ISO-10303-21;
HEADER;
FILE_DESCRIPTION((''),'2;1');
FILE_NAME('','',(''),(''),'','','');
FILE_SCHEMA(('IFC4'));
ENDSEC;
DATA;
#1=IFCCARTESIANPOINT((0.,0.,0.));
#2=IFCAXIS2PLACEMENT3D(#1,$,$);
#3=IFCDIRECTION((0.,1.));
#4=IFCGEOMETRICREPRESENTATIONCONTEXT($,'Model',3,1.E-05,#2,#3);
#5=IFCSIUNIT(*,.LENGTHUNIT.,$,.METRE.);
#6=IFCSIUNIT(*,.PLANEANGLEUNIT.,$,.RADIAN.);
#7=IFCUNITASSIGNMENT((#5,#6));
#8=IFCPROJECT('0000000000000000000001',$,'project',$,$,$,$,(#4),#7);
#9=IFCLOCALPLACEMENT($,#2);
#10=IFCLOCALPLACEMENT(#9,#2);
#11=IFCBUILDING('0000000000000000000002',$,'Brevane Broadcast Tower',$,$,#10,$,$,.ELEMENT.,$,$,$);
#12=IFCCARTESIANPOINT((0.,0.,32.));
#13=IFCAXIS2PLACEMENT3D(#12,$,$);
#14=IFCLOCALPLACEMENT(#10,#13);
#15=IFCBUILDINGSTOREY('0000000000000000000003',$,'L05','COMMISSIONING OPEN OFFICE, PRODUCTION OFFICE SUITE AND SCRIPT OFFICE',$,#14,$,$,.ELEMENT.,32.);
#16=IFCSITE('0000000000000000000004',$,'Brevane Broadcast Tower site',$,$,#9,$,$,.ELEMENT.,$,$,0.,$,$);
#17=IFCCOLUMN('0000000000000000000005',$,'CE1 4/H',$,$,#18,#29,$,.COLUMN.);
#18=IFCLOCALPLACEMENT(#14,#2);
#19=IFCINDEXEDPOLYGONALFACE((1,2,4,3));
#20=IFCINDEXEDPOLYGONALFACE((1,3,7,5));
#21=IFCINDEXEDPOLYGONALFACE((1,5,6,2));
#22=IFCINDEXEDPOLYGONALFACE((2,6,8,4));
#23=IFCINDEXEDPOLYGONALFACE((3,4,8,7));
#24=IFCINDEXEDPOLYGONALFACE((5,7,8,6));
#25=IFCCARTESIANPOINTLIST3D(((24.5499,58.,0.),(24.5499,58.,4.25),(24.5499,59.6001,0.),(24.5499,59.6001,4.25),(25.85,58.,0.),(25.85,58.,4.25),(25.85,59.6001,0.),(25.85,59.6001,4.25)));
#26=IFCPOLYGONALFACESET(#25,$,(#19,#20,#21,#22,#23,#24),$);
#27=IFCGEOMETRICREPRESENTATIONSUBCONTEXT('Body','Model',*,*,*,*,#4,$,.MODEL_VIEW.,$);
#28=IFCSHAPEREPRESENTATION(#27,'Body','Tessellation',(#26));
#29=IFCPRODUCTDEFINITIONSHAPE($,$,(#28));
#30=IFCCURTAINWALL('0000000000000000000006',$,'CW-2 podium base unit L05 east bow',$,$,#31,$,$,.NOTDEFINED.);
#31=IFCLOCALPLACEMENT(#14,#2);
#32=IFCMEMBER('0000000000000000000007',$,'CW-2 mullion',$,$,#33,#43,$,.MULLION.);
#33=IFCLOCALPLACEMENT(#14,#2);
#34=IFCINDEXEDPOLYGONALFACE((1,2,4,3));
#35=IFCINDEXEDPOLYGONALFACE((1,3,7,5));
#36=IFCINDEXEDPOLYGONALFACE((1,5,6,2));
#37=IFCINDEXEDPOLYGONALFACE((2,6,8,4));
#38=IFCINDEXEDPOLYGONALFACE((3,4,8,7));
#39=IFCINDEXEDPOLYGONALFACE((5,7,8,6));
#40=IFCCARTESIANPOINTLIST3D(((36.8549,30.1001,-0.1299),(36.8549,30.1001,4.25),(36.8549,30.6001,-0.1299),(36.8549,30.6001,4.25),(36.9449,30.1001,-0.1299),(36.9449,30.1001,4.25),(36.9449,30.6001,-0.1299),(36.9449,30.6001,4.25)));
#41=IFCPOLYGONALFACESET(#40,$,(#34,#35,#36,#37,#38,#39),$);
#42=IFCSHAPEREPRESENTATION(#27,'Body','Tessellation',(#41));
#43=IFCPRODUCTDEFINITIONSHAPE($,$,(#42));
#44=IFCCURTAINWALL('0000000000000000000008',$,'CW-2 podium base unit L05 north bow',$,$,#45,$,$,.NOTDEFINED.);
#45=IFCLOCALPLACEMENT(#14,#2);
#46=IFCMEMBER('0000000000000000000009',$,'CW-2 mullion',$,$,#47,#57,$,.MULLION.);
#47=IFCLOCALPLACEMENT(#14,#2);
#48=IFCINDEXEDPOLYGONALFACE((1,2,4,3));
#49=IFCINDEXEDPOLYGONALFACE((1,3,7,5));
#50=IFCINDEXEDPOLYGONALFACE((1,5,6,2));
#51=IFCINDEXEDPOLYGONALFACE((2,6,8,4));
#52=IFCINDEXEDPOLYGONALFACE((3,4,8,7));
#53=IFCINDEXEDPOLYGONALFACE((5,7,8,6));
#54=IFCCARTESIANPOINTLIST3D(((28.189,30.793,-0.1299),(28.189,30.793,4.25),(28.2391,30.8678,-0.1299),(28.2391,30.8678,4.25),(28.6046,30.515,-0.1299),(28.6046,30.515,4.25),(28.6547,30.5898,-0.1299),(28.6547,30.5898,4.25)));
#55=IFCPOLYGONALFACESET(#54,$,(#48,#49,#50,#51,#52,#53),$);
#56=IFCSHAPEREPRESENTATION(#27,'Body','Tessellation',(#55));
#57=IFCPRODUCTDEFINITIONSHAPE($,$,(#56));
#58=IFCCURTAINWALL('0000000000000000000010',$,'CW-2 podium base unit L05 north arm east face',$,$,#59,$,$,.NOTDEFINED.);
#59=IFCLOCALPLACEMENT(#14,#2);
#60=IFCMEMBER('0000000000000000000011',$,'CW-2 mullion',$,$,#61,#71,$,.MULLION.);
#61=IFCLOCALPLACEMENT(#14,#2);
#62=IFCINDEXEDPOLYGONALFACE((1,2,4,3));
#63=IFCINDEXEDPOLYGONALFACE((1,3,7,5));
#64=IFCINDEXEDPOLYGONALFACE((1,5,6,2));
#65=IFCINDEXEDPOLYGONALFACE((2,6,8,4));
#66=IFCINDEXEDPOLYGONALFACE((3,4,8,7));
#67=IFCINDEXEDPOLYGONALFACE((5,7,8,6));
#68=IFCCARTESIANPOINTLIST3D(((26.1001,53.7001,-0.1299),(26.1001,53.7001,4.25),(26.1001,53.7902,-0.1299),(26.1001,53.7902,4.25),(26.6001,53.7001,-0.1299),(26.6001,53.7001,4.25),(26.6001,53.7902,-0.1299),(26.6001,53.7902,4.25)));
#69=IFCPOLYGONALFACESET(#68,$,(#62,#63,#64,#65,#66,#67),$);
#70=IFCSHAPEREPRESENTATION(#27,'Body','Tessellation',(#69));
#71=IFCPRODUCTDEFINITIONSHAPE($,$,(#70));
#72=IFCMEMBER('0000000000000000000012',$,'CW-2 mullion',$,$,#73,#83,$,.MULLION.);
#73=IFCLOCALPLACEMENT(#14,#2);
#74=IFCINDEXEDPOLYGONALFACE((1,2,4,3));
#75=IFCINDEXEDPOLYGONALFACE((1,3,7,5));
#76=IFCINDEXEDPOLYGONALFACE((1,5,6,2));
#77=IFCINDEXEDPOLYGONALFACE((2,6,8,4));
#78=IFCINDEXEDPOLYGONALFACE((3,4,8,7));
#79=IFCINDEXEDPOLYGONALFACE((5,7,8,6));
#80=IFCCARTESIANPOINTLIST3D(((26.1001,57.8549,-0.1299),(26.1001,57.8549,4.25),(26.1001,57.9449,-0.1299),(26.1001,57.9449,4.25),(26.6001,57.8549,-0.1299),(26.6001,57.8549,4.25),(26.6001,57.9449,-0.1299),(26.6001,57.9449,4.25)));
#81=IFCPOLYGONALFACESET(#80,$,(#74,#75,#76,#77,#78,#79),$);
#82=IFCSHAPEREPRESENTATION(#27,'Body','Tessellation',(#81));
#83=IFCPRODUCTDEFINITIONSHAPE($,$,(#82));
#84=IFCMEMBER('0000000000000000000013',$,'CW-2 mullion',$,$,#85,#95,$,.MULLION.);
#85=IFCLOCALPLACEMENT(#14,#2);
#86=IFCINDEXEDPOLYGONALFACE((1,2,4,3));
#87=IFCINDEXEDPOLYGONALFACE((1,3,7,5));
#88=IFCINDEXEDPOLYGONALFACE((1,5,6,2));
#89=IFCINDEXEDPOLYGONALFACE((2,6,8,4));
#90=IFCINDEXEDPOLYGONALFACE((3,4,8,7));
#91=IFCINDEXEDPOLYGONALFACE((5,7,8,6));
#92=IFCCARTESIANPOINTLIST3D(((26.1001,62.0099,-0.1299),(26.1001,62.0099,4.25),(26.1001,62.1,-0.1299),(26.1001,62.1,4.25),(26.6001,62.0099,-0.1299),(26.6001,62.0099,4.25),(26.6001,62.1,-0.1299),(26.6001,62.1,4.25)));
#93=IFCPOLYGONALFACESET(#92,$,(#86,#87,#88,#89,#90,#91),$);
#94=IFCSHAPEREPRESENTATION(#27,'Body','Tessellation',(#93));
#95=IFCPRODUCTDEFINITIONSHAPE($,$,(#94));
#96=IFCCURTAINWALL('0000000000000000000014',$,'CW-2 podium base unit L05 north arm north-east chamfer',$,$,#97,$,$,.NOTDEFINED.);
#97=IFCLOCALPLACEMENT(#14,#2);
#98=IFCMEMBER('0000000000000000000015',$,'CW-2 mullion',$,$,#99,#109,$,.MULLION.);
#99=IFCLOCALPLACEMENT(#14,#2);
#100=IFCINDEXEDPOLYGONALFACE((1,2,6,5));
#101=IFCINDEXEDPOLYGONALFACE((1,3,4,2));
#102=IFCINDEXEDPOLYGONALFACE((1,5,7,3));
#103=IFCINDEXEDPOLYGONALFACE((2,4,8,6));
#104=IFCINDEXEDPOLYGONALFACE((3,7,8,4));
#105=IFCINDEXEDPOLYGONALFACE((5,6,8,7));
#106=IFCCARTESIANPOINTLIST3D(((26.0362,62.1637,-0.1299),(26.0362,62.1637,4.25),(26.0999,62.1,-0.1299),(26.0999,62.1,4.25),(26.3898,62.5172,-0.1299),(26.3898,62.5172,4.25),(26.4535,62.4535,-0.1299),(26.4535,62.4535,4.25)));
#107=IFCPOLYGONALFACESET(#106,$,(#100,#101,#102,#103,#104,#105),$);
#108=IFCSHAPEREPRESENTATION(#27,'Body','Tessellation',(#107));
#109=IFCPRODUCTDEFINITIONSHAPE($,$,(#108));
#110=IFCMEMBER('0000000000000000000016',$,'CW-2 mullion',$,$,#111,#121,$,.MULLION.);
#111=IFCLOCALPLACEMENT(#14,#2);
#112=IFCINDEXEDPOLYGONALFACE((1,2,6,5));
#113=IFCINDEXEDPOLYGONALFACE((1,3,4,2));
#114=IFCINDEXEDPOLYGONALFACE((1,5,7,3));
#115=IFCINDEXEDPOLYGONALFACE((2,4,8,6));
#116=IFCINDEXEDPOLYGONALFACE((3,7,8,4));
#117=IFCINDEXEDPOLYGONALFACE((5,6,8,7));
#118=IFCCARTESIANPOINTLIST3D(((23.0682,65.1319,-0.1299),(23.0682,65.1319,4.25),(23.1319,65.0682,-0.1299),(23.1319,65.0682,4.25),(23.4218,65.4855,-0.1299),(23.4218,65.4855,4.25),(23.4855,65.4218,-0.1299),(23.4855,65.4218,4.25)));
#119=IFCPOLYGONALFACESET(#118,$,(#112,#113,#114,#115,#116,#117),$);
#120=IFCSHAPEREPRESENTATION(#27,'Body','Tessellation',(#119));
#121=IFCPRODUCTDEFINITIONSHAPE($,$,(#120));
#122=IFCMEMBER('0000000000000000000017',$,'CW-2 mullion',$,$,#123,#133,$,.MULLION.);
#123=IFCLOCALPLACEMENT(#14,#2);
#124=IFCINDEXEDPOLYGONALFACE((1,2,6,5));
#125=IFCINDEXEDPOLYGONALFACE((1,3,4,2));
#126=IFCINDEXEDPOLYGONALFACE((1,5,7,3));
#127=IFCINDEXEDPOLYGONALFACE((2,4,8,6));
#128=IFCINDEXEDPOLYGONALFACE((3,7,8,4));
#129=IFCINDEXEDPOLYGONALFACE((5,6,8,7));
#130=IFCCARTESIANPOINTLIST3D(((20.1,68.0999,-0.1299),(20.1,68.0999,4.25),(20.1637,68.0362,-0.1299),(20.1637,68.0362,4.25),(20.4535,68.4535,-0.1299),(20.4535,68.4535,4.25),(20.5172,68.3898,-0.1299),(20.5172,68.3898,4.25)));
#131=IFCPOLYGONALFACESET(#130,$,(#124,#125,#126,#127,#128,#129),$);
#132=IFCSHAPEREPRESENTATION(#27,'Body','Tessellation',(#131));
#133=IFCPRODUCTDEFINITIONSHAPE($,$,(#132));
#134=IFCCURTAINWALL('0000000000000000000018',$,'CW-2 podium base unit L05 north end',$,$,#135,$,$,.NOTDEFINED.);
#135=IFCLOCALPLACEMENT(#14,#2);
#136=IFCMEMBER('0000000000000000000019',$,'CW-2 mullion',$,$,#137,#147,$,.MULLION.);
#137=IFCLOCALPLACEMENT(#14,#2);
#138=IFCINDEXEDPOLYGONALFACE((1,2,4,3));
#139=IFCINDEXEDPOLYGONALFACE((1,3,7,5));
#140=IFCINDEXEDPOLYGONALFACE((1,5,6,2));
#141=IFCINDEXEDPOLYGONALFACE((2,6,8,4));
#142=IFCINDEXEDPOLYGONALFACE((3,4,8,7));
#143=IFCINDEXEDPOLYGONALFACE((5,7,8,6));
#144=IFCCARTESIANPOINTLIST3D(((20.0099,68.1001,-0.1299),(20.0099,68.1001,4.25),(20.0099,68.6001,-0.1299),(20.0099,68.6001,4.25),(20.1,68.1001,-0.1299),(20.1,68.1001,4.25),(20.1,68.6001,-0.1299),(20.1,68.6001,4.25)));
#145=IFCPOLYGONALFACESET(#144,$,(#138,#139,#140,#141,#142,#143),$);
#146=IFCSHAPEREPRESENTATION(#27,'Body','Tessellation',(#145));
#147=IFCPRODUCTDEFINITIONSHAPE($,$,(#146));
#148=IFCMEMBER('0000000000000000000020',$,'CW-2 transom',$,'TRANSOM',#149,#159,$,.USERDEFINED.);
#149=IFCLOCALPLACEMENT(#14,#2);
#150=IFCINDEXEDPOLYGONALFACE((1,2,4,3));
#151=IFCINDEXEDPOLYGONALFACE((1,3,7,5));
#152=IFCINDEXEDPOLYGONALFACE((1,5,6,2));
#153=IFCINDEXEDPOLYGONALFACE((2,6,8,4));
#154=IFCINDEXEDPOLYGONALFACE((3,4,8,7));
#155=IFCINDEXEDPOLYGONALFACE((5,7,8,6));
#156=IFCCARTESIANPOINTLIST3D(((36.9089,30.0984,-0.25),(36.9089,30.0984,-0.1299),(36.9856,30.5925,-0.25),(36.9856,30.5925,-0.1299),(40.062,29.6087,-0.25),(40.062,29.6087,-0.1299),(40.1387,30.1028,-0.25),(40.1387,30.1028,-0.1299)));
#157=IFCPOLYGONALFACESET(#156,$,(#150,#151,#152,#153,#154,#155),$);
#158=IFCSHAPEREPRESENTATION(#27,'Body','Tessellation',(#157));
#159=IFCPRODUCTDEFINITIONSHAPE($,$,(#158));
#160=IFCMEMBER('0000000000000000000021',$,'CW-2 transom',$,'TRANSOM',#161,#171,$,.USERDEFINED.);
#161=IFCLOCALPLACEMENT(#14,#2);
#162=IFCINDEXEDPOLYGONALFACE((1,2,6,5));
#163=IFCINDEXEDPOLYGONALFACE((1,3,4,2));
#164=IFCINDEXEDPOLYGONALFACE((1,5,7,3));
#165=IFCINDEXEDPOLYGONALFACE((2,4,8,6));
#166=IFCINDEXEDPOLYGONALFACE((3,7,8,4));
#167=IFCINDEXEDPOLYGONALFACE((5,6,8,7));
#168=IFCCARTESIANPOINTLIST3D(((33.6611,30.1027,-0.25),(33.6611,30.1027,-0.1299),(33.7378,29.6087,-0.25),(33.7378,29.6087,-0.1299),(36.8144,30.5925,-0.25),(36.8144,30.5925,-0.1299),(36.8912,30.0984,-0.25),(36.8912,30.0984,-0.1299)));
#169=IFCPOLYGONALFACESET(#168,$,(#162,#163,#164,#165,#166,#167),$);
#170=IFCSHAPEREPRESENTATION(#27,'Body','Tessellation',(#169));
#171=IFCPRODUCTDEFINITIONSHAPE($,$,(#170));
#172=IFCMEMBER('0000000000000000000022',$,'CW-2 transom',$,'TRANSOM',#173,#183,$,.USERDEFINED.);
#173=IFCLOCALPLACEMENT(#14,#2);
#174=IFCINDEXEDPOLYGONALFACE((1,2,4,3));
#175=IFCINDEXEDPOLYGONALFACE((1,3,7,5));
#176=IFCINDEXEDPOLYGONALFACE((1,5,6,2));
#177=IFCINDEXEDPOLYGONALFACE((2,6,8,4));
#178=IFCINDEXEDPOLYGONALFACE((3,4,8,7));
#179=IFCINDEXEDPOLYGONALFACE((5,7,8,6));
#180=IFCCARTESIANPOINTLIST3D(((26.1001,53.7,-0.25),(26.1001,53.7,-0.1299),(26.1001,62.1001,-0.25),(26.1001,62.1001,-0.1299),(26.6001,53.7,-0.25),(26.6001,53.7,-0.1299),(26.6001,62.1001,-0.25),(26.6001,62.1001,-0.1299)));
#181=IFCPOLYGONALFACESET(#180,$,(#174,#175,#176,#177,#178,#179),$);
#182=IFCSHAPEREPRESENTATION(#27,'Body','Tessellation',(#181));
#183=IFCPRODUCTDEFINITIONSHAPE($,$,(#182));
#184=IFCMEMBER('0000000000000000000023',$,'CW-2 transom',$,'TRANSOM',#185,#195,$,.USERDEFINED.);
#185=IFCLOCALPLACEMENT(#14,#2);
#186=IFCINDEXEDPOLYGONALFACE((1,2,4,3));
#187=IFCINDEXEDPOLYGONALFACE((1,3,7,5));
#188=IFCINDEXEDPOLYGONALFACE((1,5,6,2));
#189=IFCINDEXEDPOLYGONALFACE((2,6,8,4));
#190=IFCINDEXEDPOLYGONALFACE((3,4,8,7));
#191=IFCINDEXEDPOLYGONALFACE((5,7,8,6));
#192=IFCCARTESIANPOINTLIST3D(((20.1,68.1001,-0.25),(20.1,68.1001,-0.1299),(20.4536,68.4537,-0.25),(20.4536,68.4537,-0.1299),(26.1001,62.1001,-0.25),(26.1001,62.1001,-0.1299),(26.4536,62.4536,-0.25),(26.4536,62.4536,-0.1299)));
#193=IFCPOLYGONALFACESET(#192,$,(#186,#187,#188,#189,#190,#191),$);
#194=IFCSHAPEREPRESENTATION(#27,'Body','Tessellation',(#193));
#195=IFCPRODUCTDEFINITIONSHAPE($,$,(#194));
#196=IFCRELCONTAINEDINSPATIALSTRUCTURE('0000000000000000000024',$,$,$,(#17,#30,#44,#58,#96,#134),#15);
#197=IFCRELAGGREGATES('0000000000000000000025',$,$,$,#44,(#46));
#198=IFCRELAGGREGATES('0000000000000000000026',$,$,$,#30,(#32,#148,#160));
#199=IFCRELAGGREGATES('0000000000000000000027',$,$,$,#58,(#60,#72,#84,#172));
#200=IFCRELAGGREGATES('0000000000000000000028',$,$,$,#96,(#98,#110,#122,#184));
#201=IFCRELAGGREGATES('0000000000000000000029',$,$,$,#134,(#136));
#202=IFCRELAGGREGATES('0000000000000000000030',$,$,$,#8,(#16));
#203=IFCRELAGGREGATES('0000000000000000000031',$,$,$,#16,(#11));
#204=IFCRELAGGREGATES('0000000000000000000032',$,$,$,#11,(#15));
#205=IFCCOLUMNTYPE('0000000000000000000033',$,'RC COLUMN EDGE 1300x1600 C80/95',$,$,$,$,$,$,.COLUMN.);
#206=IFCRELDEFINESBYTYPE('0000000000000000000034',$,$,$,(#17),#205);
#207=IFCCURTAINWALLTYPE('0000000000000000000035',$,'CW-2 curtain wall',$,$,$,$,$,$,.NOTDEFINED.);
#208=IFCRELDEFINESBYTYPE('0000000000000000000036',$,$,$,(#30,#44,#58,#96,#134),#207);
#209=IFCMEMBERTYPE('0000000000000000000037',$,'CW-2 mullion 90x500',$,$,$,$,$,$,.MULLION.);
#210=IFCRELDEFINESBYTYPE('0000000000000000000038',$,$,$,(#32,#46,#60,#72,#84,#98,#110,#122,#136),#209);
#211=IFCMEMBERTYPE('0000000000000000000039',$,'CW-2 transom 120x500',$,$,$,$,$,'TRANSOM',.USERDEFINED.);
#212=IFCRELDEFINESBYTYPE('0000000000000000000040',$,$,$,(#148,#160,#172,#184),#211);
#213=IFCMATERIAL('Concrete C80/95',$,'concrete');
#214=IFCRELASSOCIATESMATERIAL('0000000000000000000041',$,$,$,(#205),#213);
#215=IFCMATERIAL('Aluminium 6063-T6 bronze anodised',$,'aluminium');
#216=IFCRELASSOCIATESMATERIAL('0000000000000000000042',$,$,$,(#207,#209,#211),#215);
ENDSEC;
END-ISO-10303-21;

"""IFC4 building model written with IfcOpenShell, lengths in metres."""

from ifc_helpers import new_model, si_unit, direction, frame, origin, origin_2d, place, context, subcontext, project, spatial, rectangle, extrude, material, material_profile, profile_set, type_object, element, aggregate, save


model = new_model("IFC4")

# Units and contexts
model_context = context("Model", 3, precision=1e-05, world=origin(), true_north=direction((0.0, 1.0)))
body_context = subcontext(model_context, "Body", "Model", "MODEL_VIEW")
ifc_project = project(units=[si_unit("LENGTHUNIT", "METRE"), si_unit("PLANEANGLEUNIT", "RADIAN")], contexts=[model_context])

# Site, building, storey
site_placement = place(None, origin())
site = spatial("IfcSite", under=ifc_project, at=site_placement, Name="Brevane Broadcast Tower site", CompositionType="ELEMENT", RefElevation=0.0)
building_placement = place(site_placement, origin())
building = spatial("IfcBuilding", under=site, at=building_placement, Name="Brevane Broadcast Tower", CompositionType="ELEMENT")
storey_placement = place(building_placement, frame((0.0, 0.0, 32.0)))
storey = spatial("IfcBuildingStorey", under=building, at=storey_placement, Name="L05", Description="COMMISSIONING OPEN OFFICE, PRODUCTION OFFICE SUITE AND SCRIPT OFFICE", CompositionType="ELEMENT", Elevation=32.0)

# Column
ifc_material_1 = material(Name="Concrete C80/95", Category="concrete")
ifc_material_profile_1 = material_profile(ifc_material_1, rectangle(XDim=1.3, YDim=1.6001, at=origin_2d()), Name="RC 1300x1600")
ifc_profile_set_1 = profile_set([ifc_material_profile_1], Name="Concrete C80/95")
column_type = type_object("IfcColumnType", Name="RC COLUMN EDGE 1300x1600 C80/95", PredefinedType="COLUMN", material=ifc_profile_set_1)
column_placement = place(storey_placement, frame((25.2, 58.8, 0.0), z_axis=(0.0, 0.0, 1.0), x_axis=(1.0, 0.0, 0.0)))
element("IfcColumn", 1, at=column_placement, inside=storey, type_object=column_type, Name="CE1 4/H", PredefinedType="COLUMN", context=body_context, shape_type="SweptSolid", body=[
    extrude(rectangle(XDim=1.3, YDim=1.6001, at=origin_2d()), origin(), (0.0, 0.0, 1.0), 4.25),
])

# Curtain walls, members
ifc_material_2 = material(Name="Aluminium 6063-T6 bronze anodised", Category="aluminium")
curtain_wall_type = type_object("IfcCurtainWallType", Name="CW-2 curtain wall", PredefinedType="NOTDEFINED", material=ifc_material_2)
curtain_wall_1_placement = place(storey_placement, origin())
curtain_wall_1 = element("IfcCurtainWall", 2, at=curtain_wall_1_placement, inside=storey, type_object=curtain_wall_type, Name="CW-2 podium base unit L05 east bow", PredefinedType="NOTDEFINED")
ifc_material_profile_2 = material_profile(ifc_material_2, rectangle(XDim=0.5, YDim=0.0901, at=origin_2d()), Name="RECT 90x500")
ifc_profile_set_2 = profile_set([ifc_material_profile_2], Name="Aluminium 6063-T6 bronze anodised")
member_type_1 = type_object("IfcMemberType", Name="CW-2 mullion 90x500", PredefinedType="MULLION", material=ifc_profile_set_2)
member_1_placement = place(storey_placement, frame((36.8999, 30.3501, -0.1299), z_axis=(0.0, 0.0, 1.0), x_axis=(0.0, -1.0, 0.0)))
member_1 = element("IfcMember", 3, at=member_1_placement, type_object=member_type_1, Name="CW-2 mullion", PredefinedType="MULLION", context=body_context, shape_type="SweptSolid", body=[
    extrude(rectangle(XDim=0.5, YDim=0.0901, at=origin_2d()), origin(), (0.0, 0.0, 1.0), 4.3799),
])
curtain_wall_2_placement = place(storey_placement, origin())
curtain_wall_2 = element("IfcCurtainWall", 4, at=curtain_wall_2_placement, inside=storey, type_object=curtain_wall_type, Name="CW-2 podium base unit L05 north bow", PredefinedType="NOTDEFINED")
member_2_placement = place(storey_placement, frame((28.4219, 30.6914, -0.1299), z_axis=(0.0, 0.0, 1.0), x_axis=(-0.831184, 0.555997, 0.0)))
member_2 = element("IfcMember", 5, at=member_2_placement, type_object=member_type_1, Name="CW-2 mullion", PredefinedType="MULLION", context=body_context, shape_type="SweptSolid", body=[
    extrude(rectangle(XDim=0.5, YDim=0.0901, at=origin_2d()), origin(), (0.0, 0.0, 1.0), 4.3799),
])
aggregate(curtain_wall_2, [member_2])

# Curtain walls, members
curtain_wall_3_placement = place(storey_placement, origin())
curtain_wall_3 = element("IfcCurtainWall", 6, at=curtain_wall_3_placement, inside=storey, type_object=curtain_wall_type, Name="CW-2 podium base unit L05 north arm east face", PredefinedType="NOTDEFINED")
member_3_placement = place(storey_placement, frame((26.3501, 53.7451, -0.1299), z_axis=(0.0, 0.0, 1.0), x_axis=(-1.0, 0.0, 0.0)))
member_3 = element("IfcMember", 7, at=member_3_placement, type_object=member_type_1, Name="CW-2 mullion", PredefinedType="MULLION", context=body_context, shape_type="SweptSolid", body=[
    extrude(rectangle(XDim=0.5, YDim=0.0901, at=origin_2d()), origin(), (0.0, 0.0, 1.0), 4.3799),
])
member_4_placement = place(storey_placement, frame((26.3501, 57.8999, -0.1299), z_axis=(0.0, 0.0, 1.0), x_axis=(-1.0, 0.0, 0.0)))
member_4 = element("IfcMember", 8, at=member_4_placement, type_object=member_type_1, Name="CW-2 mullion", PredefinedType="MULLION", context=body_context, shape_type="SweptSolid", body=[
    extrude(rectangle(XDim=0.5, YDim=0.0901, at=origin_2d()), origin(), (0.0, 0.0, 1.0), 4.3799),
])
member_5_placement = place(storey_placement, frame((26.3501, 62.0549, -0.1299), z_axis=(0.0, 0.0, 1.0), x_axis=(-1.0, 0.0, 0.0)))
member_5 = element("IfcMember", 9, at=member_5_placement, type_object=member_type_1, Name="CW-2 mullion", PredefinedType="MULLION", context=body_context, shape_type="SweptSolid", body=[
    extrude(rectangle(XDim=0.5, YDim=0.0901, at=origin_2d()), origin(), (0.0, 0.0, 1.0), 4.3799),
])
curtain_wall_4_placement = place(storey_placement, origin())
curtain_wall_4 = element("IfcCurtainWall", 10, at=curtain_wall_4_placement, inside=storey, type_object=curtain_wall_type, Name="CW-2 podium base unit L05 north arm north-east chamfer", PredefinedType="NOTDEFINED")
member_6_placement = place(storey_placement, frame((26.2449, 62.3086, -0.1299), z_axis=(0.0, 0.0, 1.0), x_axis=(-0.707107, -0.707107, 0.0)))
member_6 = element("IfcMember", 11, at=member_6_placement, type_object=member_type_1, Name="CW-2 mullion", PredefinedType="MULLION", context=body_context, shape_type="SweptSolid", body=[
    extrude(rectangle(XDim=0.5, YDim=0.0901, at=origin_2d()), origin(), (0.0, 0.0, 1.0), 4.3799),
])
member_7_placement = place(storey_placement, frame((23.2769, 65.2769, -0.1299), z_axis=(0.0, 0.0, 1.0), x_axis=(-0.707107, -0.707107, 0.0)))
member_7 = element("IfcMember", 12, at=member_7_placement, type_object=member_type_1, Name="CW-2 mullion", PredefinedType="MULLION", context=body_context, shape_type="SweptSolid", body=[
    extrude(rectangle(XDim=0.5, YDim=0.0901, at=origin_2d()), origin(), (0.0, 0.0, 1.0), 4.3799),
])
member_8_placement = place(storey_placement, frame((20.3086, 68.2449, -0.1299), z_axis=(0.0, 0.0, 1.0), x_axis=(-0.707107, -0.707107, 0.0)))
member_8 = element("IfcMember", 13, at=member_8_placement, type_object=member_type_1, Name="CW-2 mullion", PredefinedType="MULLION", context=body_context, shape_type="SweptSolid", body=[
    extrude(rectangle(XDim=0.5, YDim=0.0901, at=origin_2d()), origin(), (0.0, 0.0, 1.0), 4.3799),
])

# Curtain wall, member
curtain_wall_5_placement = place(storey_placement, origin())
curtain_wall_5 = element("IfcCurtainWall", 14, at=curtain_wall_5_placement, inside=storey, type_object=curtain_wall_type, Name="CW-2 podium base unit L05 north end", PredefinedType="NOTDEFINED")
member_9_placement = place(storey_placement, frame((20.0549, 68.3501, -0.1299), z_axis=(0.0, 0.0, 1.0), x_axis=(0.0, -1.0, 0.0)))
member_9 = element("IfcMember", 15, at=member_9_placement, type_object=member_type_1, Name="CW-2 mullion", PredefinedType="MULLION", context=body_context, shape_type="SweptSolid", body=[
    extrude(rectangle(XDim=0.5, YDim=0.0901, at=origin_2d()), origin(), (0.0, 0.0, 1.0), 4.3799),
])

# Members
ifc_material_profile_3 = material_profile(ifc_material_2, rectangle(XDim=0.5, YDim=0.1201, at=origin_2d()), Name="RECT 120x500")
ifc_profile_set_3 = profile_set([ifc_material_profile_3], Name="Aluminium 6063-T6 bronze anodised")
member_type_2 = type_object("IfcMemberType", Name="CW-2 transom 120x500", ElementType="TRANSOM", PredefinedType="USERDEFINED", material=ifc_profile_set_3)
member_10_placement = place(storey_placement, frame((40.1003, 29.8557, -0.1899), z_axis=(-0.988151, 0.153483, 0.0), x_axis=(-0.153483, -0.988151, 0.0)))
member_10 = element("IfcMember", 16, at=member_10_placement, type_object=member_type_2, Name="CW-2 transom", ObjectType="TRANSOM", PredefinedType="USERDEFINED", context=body_context, shape_type="SweptSolid", body=[
    extrude(rectangle(XDim=0.5, YDim=0.1201, at=origin_2d()), origin(), (0.0, 0.0, 1.0), 3.1909),
])
member_11_placement = place(storey_placement, frame((36.8528, 30.3455, -0.1899), z_axis=(-0.988153, -0.153471, 0.0), x_axis=(0.153471, -0.988153, 0.0)))
member_11 = element("IfcMember", 17, at=member_11_placement, type_object=member_type_2, Name="CW-2 transom", ObjectType="TRANSOM", PredefinedType="USERDEFINED", context=body_context, shape_type="SweptSolid", body=[
    extrude(rectangle(XDim=0.5, YDim=0.1201, at=origin_2d()), origin(), (0.0, 0.0, 1.0), 3.1912),
])
aggregate(curtain_wall_1, [member_1, member_10, member_11])
member_12_placement = place(storey_placement, frame((26.3501, 53.7, -0.1899), z_axis=(0.0, 1.0, 0.0), x_axis=(-1.0, 0.0, 0.0)))
member_12 = element("IfcMember", 18, at=member_12_placement, type_object=member_type_2, Name="CW-2 transom", ObjectType="TRANSOM", PredefinedType="USERDEFINED", context=body_context, shape_type="SweptSolid", body=[
    extrude(rectangle(XDim=0.5, YDim=0.1201, at=origin_2d()), origin(), (0.0, 0.0, 1.0), 8.4001),
])
aggregate(curtain_wall_3, [member_3, member_4, member_5, member_12])
member_13_placement = place(storey_placement, frame((26.2769, 62.2769, -0.1899), z_axis=(-0.707107, 0.707107, 0.0), x_axis=(-0.707107, -0.707107, 0.0)))
member_13 = element("IfcMember", 19, at=member_13_placement, type_object=member_type_2, Name="CW-2 transom", ObjectType="TRANSOM", PredefinedType="USERDEFINED", context=body_context, shape_type="SweptSolid", body=[
    extrude(rectangle(XDim=0.5, YDim=0.1201, at=origin_2d()), origin(), (0.0, 0.0, 1.0), 8.4854),
])
aggregate(curtain_wall_4, [member_6, member_7, member_8, member_13])
aggregate(curtain_wall_5, [member_9])

save(model, "model.ifc")
